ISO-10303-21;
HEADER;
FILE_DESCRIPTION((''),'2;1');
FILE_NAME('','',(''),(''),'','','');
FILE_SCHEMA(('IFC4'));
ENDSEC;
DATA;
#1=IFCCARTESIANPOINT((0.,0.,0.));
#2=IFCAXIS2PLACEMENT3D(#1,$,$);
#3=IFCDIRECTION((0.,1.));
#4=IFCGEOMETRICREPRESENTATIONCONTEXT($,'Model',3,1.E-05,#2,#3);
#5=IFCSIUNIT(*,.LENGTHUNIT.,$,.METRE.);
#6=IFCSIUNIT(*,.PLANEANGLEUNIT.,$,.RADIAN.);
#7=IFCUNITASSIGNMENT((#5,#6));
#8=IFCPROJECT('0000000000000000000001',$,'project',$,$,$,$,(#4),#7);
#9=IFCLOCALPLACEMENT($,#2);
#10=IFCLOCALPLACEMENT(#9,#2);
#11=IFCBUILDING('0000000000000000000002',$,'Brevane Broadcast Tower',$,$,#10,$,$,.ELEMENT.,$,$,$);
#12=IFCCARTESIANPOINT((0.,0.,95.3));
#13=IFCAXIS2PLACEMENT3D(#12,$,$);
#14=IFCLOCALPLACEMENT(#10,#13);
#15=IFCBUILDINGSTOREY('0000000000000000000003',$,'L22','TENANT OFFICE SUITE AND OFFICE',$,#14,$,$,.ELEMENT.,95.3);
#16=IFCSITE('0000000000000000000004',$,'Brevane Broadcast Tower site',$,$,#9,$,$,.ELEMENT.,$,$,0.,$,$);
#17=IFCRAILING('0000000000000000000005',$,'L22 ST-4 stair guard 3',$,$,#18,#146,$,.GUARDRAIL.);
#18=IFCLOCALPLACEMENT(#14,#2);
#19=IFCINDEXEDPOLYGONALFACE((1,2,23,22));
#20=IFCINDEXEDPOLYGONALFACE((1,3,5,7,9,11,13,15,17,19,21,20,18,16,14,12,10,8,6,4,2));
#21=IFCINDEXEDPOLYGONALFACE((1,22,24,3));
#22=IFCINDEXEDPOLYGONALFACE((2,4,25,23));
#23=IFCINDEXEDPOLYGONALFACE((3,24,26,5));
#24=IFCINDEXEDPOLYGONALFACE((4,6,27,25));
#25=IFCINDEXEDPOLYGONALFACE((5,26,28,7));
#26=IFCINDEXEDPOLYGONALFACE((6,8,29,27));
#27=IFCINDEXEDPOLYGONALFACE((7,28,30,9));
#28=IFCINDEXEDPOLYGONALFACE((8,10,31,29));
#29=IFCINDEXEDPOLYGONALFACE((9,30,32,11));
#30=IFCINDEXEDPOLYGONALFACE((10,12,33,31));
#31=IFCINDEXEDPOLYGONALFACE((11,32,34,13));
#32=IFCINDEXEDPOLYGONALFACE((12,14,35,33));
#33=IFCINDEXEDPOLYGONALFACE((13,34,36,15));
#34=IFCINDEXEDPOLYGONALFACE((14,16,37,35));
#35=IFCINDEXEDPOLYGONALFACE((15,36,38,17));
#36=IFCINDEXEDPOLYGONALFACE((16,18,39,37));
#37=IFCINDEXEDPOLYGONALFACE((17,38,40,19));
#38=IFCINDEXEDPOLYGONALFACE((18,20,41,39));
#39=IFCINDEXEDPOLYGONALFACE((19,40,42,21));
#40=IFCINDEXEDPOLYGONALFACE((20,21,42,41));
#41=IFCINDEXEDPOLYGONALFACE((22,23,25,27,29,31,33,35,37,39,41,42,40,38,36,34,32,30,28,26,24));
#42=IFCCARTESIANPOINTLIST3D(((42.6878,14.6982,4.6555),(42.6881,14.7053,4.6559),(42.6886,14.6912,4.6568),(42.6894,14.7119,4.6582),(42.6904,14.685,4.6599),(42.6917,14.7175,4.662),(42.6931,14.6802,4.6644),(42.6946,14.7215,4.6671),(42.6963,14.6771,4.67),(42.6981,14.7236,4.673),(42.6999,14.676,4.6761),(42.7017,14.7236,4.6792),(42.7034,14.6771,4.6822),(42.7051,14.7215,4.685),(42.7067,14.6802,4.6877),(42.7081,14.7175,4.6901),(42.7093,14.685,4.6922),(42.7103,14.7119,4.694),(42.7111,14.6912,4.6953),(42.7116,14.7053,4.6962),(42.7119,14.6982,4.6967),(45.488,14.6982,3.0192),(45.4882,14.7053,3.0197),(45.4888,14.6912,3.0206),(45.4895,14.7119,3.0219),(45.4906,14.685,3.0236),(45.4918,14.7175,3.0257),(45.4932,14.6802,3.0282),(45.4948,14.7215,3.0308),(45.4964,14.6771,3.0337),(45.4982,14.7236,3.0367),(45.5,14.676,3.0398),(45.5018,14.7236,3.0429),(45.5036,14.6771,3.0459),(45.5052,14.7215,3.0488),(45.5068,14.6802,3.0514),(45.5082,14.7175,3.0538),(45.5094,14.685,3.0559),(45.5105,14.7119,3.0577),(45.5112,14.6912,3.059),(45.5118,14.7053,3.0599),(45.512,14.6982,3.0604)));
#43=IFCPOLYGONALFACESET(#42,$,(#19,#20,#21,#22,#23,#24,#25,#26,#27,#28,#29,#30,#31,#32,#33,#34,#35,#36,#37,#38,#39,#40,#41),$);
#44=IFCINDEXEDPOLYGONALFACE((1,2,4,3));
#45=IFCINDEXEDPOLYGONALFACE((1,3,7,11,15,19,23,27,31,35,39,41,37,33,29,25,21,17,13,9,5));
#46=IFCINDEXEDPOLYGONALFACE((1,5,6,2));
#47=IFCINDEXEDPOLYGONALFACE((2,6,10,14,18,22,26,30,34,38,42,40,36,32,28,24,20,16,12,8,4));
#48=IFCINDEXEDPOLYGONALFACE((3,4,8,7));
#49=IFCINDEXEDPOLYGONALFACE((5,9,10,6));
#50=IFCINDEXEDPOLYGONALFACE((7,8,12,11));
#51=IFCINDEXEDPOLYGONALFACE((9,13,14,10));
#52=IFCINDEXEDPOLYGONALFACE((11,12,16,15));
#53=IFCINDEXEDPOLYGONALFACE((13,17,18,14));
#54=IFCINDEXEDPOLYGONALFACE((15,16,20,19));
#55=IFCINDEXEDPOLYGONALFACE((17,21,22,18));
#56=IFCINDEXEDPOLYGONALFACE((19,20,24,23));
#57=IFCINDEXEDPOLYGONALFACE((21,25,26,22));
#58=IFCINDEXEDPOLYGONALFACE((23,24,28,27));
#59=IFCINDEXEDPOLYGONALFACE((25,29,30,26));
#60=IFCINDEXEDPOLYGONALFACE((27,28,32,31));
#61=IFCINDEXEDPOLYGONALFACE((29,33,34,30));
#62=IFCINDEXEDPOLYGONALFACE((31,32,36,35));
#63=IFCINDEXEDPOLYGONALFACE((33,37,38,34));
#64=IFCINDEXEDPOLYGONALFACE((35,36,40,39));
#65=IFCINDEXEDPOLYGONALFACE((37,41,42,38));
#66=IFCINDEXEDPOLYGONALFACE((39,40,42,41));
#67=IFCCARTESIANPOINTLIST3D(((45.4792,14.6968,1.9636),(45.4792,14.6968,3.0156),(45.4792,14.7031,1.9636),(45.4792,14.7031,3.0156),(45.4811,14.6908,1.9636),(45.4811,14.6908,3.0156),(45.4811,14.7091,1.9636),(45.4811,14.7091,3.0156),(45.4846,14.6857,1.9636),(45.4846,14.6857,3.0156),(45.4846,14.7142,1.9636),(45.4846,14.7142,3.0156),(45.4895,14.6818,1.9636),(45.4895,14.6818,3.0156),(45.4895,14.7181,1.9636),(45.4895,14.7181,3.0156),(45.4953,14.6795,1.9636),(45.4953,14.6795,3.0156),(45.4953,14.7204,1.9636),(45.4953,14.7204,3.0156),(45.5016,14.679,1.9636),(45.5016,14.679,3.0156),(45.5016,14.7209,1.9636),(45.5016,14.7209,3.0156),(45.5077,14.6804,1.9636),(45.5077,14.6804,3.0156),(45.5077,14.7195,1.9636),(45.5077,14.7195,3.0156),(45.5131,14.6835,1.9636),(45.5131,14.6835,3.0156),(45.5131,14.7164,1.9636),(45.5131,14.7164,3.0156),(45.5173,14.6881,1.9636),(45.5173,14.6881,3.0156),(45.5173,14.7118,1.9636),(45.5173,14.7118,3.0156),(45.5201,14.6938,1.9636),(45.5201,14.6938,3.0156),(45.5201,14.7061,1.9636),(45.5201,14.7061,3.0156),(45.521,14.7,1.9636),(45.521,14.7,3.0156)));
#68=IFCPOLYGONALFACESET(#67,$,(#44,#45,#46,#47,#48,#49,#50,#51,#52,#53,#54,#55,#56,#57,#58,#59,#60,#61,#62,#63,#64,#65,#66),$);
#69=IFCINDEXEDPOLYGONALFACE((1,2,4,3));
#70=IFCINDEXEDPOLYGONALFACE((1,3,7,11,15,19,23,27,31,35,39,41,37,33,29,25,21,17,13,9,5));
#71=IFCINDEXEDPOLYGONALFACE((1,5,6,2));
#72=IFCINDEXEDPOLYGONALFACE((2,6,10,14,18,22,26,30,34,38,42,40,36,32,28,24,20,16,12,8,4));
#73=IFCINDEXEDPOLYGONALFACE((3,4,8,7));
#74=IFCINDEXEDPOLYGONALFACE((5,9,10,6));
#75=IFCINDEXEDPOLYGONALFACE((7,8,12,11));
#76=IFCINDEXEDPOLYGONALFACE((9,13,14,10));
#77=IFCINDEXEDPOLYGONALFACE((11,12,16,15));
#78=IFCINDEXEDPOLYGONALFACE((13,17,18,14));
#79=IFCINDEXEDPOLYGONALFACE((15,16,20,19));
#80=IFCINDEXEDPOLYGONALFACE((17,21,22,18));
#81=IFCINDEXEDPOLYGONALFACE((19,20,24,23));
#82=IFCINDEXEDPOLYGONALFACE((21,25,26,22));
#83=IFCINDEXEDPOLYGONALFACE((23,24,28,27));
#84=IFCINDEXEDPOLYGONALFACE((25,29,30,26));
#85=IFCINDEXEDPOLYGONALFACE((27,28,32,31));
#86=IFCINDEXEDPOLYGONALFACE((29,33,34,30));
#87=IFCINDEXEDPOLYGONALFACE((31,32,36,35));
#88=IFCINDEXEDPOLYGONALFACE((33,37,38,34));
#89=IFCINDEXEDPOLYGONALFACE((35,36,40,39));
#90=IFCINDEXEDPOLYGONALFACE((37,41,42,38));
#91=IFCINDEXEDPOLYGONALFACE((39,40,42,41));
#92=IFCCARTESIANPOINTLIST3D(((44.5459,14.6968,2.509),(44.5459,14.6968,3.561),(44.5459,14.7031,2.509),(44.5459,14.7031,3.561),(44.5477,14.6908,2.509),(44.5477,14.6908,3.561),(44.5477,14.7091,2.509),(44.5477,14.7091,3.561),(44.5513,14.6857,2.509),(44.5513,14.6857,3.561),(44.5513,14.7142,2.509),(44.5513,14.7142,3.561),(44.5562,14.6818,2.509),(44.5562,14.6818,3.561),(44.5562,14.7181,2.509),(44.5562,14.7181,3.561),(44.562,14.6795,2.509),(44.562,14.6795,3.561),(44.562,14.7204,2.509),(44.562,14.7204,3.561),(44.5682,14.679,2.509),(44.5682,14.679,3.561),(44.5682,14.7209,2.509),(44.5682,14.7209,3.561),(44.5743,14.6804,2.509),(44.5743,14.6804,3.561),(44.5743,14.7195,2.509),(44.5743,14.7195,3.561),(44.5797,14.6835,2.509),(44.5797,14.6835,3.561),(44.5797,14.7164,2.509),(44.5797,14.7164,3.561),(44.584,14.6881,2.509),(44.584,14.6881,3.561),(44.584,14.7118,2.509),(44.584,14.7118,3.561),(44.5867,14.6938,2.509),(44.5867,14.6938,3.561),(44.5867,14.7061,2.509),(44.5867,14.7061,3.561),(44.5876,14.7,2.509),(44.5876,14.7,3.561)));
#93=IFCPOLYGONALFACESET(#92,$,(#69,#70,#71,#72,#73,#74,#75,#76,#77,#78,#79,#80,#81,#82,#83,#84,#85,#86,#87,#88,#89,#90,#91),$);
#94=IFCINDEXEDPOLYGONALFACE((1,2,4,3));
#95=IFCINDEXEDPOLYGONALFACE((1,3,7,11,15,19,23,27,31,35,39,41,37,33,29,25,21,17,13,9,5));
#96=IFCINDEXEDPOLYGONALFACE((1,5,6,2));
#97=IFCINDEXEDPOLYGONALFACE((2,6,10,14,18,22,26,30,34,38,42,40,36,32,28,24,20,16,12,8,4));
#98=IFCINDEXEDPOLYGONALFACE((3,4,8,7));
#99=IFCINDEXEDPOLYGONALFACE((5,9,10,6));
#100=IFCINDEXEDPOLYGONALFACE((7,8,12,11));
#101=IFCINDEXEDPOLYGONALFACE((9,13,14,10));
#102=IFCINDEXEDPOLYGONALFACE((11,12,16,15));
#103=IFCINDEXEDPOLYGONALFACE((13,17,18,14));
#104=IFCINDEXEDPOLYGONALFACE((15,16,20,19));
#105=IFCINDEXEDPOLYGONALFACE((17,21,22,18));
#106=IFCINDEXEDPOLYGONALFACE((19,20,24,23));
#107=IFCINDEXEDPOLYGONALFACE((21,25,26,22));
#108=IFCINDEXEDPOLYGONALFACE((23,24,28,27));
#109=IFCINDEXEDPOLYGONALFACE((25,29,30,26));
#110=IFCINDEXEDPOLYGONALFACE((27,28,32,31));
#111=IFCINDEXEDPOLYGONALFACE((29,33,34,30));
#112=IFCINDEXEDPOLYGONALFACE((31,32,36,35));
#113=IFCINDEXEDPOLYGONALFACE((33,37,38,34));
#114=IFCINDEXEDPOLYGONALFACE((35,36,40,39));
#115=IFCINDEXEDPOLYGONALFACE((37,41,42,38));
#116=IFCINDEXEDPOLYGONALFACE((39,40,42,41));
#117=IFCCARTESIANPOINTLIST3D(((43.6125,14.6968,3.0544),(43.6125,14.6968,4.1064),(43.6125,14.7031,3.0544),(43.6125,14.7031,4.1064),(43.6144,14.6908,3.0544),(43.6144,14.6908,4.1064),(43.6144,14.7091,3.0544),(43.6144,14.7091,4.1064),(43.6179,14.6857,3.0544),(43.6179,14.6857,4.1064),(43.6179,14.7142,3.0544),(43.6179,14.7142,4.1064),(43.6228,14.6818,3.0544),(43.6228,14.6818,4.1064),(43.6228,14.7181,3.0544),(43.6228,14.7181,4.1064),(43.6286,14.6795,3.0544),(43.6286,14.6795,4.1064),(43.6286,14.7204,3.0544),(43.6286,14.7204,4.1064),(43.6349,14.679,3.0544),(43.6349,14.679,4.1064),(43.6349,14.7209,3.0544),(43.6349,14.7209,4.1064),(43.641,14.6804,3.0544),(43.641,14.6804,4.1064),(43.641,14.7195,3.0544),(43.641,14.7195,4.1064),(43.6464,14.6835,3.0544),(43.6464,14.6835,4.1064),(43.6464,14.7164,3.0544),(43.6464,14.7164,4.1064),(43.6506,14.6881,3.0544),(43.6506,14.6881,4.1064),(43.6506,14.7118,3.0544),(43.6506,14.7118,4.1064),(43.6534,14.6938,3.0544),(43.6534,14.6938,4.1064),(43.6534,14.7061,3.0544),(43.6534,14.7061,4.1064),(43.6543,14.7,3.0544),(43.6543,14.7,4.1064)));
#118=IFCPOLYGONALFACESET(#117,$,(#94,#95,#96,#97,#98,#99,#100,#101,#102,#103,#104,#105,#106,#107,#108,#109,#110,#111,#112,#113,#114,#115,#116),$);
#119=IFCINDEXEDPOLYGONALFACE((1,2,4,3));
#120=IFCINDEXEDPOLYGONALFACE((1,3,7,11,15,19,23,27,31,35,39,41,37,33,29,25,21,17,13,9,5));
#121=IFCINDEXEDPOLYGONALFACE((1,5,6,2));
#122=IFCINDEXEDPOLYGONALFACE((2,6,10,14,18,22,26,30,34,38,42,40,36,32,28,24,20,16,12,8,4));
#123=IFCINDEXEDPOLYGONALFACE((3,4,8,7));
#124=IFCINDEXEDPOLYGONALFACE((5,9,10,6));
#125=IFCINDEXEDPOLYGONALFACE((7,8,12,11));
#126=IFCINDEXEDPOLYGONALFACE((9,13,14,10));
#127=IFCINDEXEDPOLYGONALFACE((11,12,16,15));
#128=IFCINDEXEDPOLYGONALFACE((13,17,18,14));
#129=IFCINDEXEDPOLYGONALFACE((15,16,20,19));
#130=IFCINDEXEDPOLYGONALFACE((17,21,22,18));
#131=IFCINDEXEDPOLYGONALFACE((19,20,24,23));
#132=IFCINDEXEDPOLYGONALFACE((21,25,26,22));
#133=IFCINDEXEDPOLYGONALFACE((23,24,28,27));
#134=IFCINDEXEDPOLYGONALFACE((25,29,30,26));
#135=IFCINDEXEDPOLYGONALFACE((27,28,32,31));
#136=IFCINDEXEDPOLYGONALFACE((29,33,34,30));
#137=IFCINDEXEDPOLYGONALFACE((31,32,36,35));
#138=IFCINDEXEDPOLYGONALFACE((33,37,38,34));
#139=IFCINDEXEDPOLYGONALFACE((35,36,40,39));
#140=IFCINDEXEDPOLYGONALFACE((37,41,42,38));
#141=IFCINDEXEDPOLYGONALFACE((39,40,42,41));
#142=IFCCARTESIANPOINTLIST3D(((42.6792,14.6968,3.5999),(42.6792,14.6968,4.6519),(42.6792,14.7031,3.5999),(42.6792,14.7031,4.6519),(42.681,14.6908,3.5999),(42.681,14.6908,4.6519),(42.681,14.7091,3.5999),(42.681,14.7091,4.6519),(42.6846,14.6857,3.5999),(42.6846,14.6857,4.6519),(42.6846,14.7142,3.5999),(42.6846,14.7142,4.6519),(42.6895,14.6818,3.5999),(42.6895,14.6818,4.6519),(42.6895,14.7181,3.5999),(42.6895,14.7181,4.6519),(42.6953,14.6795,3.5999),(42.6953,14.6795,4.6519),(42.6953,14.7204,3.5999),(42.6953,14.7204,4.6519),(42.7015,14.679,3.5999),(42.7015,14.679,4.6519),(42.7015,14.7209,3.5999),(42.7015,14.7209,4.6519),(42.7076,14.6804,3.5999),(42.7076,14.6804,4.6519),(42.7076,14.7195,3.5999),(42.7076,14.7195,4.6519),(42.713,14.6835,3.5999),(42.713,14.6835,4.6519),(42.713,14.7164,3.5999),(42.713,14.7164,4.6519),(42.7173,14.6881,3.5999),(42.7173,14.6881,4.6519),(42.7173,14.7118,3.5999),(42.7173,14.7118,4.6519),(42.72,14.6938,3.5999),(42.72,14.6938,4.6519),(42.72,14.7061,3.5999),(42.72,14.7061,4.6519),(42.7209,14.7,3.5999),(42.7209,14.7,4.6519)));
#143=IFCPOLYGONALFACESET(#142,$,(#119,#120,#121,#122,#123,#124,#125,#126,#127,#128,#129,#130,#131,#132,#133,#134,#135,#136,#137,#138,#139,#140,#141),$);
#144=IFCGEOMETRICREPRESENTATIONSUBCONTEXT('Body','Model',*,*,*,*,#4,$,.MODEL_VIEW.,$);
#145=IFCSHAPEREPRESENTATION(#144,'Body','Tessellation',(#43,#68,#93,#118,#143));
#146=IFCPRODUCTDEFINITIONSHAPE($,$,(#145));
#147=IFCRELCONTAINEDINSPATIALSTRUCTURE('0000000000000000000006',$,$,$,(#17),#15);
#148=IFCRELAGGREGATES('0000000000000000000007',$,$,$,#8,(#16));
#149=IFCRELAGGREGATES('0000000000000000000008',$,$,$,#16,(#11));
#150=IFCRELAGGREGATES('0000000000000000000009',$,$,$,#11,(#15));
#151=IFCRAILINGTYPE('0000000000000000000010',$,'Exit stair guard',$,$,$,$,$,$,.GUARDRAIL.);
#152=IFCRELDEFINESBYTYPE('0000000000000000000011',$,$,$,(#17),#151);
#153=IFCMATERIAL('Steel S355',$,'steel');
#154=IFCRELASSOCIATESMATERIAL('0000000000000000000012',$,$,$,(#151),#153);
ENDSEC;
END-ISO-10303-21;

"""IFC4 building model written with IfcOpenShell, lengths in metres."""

from ifc_helpers import new_model, si_unit, direction, frame, origin, origin_2d, place, context, subcontext, project, spatial, circle, extrude, material, type_object, element, save


model = new_model("IFC4")

# Units and contexts
model_context = context("Model", 3, precision=1e-05, world=origin(), true_north=direction((0.0, 1.0)))
body_context = subcontext(model_context, "Body", "Model", "MODEL_VIEW")
ifc_project = project(units=[si_unit("LENGTHUNIT", "METRE"), si_unit("PLANEANGLEUNIT", "RADIAN")], contexts=[model_context])

# Site, building, storey
site_placement = place(None, origin())
site = spatial("IfcSite", under=ifc_project, at=site_placement, Name="Brevane Broadcast Tower site", CompositionType="ELEMENT", RefElevation=0.0)
building_placement = place(site_placement, origin())
building = spatial("IfcBuilding", under=site, at=building_placement, Name="Brevane Broadcast Tower", CompositionType="ELEMENT")
storey_placement = place(building_placement, frame((0.0, 0.0, 95.3)))
storey = spatial("IfcBuildingStorey", under=building, at=storey_placement, Name="L22", Description="TENANT OFFICE SUITE AND OFFICE", CompositionType="ELEMENT", Elevation=95.3)

# Railing
ifc_material_1 = material(Name="Steel S355", Category="steel")
railing_type_1 = type_object("IfcRailingType", Name="Exit stair guard", PredefinedType="GUARDRAIL", material=ifc_material_1)
railing_1_placement = place(storey_placement, frame((45.5, 14.7, 1.9636)))
element("IfcRailing", 1, at=railing_1_placement, inside=storey, type_object=railing_type_1, Name="L22 ST-4 stair guard 3", PredefinedType="GUARDRAIL", context=body_context, shape_type="SweptSolid", body=[
    extrude(circle(Radius=0.0239, at=origin_2d()), frame((0.0, 0.0, 1.0762), z_axis=(-0.863394, 0.0, 0.504531), x_axis=(0.0, -1.0, 0.0)), (0.0, 0.0, 1.0), 3.2432),
    extrude(circle(Radius=0.021, at=origin_2d()), origin(), (0.0, 0.0, 1.0), 1.052),
    extrude(circle(Radius=0.021, at=origin_2d()), frame((-0.9333, 0.0, 0.5454)), (0.0, 0.0, 1.0), 1.052),
    extrude(circle(Radius=0.021, at=origin_2d()), frame((-1.8667, 0.0, 1.0908)), (0.0, 0.0, 1.0), 1.052),
    extrude(circle(Radius=0.021, at=origin_2d()), frame((-2.8, 0.0, 1.6362)), (0.0, 0.0, 1.0), 1.052),
])

save(model, "model.ifc")
